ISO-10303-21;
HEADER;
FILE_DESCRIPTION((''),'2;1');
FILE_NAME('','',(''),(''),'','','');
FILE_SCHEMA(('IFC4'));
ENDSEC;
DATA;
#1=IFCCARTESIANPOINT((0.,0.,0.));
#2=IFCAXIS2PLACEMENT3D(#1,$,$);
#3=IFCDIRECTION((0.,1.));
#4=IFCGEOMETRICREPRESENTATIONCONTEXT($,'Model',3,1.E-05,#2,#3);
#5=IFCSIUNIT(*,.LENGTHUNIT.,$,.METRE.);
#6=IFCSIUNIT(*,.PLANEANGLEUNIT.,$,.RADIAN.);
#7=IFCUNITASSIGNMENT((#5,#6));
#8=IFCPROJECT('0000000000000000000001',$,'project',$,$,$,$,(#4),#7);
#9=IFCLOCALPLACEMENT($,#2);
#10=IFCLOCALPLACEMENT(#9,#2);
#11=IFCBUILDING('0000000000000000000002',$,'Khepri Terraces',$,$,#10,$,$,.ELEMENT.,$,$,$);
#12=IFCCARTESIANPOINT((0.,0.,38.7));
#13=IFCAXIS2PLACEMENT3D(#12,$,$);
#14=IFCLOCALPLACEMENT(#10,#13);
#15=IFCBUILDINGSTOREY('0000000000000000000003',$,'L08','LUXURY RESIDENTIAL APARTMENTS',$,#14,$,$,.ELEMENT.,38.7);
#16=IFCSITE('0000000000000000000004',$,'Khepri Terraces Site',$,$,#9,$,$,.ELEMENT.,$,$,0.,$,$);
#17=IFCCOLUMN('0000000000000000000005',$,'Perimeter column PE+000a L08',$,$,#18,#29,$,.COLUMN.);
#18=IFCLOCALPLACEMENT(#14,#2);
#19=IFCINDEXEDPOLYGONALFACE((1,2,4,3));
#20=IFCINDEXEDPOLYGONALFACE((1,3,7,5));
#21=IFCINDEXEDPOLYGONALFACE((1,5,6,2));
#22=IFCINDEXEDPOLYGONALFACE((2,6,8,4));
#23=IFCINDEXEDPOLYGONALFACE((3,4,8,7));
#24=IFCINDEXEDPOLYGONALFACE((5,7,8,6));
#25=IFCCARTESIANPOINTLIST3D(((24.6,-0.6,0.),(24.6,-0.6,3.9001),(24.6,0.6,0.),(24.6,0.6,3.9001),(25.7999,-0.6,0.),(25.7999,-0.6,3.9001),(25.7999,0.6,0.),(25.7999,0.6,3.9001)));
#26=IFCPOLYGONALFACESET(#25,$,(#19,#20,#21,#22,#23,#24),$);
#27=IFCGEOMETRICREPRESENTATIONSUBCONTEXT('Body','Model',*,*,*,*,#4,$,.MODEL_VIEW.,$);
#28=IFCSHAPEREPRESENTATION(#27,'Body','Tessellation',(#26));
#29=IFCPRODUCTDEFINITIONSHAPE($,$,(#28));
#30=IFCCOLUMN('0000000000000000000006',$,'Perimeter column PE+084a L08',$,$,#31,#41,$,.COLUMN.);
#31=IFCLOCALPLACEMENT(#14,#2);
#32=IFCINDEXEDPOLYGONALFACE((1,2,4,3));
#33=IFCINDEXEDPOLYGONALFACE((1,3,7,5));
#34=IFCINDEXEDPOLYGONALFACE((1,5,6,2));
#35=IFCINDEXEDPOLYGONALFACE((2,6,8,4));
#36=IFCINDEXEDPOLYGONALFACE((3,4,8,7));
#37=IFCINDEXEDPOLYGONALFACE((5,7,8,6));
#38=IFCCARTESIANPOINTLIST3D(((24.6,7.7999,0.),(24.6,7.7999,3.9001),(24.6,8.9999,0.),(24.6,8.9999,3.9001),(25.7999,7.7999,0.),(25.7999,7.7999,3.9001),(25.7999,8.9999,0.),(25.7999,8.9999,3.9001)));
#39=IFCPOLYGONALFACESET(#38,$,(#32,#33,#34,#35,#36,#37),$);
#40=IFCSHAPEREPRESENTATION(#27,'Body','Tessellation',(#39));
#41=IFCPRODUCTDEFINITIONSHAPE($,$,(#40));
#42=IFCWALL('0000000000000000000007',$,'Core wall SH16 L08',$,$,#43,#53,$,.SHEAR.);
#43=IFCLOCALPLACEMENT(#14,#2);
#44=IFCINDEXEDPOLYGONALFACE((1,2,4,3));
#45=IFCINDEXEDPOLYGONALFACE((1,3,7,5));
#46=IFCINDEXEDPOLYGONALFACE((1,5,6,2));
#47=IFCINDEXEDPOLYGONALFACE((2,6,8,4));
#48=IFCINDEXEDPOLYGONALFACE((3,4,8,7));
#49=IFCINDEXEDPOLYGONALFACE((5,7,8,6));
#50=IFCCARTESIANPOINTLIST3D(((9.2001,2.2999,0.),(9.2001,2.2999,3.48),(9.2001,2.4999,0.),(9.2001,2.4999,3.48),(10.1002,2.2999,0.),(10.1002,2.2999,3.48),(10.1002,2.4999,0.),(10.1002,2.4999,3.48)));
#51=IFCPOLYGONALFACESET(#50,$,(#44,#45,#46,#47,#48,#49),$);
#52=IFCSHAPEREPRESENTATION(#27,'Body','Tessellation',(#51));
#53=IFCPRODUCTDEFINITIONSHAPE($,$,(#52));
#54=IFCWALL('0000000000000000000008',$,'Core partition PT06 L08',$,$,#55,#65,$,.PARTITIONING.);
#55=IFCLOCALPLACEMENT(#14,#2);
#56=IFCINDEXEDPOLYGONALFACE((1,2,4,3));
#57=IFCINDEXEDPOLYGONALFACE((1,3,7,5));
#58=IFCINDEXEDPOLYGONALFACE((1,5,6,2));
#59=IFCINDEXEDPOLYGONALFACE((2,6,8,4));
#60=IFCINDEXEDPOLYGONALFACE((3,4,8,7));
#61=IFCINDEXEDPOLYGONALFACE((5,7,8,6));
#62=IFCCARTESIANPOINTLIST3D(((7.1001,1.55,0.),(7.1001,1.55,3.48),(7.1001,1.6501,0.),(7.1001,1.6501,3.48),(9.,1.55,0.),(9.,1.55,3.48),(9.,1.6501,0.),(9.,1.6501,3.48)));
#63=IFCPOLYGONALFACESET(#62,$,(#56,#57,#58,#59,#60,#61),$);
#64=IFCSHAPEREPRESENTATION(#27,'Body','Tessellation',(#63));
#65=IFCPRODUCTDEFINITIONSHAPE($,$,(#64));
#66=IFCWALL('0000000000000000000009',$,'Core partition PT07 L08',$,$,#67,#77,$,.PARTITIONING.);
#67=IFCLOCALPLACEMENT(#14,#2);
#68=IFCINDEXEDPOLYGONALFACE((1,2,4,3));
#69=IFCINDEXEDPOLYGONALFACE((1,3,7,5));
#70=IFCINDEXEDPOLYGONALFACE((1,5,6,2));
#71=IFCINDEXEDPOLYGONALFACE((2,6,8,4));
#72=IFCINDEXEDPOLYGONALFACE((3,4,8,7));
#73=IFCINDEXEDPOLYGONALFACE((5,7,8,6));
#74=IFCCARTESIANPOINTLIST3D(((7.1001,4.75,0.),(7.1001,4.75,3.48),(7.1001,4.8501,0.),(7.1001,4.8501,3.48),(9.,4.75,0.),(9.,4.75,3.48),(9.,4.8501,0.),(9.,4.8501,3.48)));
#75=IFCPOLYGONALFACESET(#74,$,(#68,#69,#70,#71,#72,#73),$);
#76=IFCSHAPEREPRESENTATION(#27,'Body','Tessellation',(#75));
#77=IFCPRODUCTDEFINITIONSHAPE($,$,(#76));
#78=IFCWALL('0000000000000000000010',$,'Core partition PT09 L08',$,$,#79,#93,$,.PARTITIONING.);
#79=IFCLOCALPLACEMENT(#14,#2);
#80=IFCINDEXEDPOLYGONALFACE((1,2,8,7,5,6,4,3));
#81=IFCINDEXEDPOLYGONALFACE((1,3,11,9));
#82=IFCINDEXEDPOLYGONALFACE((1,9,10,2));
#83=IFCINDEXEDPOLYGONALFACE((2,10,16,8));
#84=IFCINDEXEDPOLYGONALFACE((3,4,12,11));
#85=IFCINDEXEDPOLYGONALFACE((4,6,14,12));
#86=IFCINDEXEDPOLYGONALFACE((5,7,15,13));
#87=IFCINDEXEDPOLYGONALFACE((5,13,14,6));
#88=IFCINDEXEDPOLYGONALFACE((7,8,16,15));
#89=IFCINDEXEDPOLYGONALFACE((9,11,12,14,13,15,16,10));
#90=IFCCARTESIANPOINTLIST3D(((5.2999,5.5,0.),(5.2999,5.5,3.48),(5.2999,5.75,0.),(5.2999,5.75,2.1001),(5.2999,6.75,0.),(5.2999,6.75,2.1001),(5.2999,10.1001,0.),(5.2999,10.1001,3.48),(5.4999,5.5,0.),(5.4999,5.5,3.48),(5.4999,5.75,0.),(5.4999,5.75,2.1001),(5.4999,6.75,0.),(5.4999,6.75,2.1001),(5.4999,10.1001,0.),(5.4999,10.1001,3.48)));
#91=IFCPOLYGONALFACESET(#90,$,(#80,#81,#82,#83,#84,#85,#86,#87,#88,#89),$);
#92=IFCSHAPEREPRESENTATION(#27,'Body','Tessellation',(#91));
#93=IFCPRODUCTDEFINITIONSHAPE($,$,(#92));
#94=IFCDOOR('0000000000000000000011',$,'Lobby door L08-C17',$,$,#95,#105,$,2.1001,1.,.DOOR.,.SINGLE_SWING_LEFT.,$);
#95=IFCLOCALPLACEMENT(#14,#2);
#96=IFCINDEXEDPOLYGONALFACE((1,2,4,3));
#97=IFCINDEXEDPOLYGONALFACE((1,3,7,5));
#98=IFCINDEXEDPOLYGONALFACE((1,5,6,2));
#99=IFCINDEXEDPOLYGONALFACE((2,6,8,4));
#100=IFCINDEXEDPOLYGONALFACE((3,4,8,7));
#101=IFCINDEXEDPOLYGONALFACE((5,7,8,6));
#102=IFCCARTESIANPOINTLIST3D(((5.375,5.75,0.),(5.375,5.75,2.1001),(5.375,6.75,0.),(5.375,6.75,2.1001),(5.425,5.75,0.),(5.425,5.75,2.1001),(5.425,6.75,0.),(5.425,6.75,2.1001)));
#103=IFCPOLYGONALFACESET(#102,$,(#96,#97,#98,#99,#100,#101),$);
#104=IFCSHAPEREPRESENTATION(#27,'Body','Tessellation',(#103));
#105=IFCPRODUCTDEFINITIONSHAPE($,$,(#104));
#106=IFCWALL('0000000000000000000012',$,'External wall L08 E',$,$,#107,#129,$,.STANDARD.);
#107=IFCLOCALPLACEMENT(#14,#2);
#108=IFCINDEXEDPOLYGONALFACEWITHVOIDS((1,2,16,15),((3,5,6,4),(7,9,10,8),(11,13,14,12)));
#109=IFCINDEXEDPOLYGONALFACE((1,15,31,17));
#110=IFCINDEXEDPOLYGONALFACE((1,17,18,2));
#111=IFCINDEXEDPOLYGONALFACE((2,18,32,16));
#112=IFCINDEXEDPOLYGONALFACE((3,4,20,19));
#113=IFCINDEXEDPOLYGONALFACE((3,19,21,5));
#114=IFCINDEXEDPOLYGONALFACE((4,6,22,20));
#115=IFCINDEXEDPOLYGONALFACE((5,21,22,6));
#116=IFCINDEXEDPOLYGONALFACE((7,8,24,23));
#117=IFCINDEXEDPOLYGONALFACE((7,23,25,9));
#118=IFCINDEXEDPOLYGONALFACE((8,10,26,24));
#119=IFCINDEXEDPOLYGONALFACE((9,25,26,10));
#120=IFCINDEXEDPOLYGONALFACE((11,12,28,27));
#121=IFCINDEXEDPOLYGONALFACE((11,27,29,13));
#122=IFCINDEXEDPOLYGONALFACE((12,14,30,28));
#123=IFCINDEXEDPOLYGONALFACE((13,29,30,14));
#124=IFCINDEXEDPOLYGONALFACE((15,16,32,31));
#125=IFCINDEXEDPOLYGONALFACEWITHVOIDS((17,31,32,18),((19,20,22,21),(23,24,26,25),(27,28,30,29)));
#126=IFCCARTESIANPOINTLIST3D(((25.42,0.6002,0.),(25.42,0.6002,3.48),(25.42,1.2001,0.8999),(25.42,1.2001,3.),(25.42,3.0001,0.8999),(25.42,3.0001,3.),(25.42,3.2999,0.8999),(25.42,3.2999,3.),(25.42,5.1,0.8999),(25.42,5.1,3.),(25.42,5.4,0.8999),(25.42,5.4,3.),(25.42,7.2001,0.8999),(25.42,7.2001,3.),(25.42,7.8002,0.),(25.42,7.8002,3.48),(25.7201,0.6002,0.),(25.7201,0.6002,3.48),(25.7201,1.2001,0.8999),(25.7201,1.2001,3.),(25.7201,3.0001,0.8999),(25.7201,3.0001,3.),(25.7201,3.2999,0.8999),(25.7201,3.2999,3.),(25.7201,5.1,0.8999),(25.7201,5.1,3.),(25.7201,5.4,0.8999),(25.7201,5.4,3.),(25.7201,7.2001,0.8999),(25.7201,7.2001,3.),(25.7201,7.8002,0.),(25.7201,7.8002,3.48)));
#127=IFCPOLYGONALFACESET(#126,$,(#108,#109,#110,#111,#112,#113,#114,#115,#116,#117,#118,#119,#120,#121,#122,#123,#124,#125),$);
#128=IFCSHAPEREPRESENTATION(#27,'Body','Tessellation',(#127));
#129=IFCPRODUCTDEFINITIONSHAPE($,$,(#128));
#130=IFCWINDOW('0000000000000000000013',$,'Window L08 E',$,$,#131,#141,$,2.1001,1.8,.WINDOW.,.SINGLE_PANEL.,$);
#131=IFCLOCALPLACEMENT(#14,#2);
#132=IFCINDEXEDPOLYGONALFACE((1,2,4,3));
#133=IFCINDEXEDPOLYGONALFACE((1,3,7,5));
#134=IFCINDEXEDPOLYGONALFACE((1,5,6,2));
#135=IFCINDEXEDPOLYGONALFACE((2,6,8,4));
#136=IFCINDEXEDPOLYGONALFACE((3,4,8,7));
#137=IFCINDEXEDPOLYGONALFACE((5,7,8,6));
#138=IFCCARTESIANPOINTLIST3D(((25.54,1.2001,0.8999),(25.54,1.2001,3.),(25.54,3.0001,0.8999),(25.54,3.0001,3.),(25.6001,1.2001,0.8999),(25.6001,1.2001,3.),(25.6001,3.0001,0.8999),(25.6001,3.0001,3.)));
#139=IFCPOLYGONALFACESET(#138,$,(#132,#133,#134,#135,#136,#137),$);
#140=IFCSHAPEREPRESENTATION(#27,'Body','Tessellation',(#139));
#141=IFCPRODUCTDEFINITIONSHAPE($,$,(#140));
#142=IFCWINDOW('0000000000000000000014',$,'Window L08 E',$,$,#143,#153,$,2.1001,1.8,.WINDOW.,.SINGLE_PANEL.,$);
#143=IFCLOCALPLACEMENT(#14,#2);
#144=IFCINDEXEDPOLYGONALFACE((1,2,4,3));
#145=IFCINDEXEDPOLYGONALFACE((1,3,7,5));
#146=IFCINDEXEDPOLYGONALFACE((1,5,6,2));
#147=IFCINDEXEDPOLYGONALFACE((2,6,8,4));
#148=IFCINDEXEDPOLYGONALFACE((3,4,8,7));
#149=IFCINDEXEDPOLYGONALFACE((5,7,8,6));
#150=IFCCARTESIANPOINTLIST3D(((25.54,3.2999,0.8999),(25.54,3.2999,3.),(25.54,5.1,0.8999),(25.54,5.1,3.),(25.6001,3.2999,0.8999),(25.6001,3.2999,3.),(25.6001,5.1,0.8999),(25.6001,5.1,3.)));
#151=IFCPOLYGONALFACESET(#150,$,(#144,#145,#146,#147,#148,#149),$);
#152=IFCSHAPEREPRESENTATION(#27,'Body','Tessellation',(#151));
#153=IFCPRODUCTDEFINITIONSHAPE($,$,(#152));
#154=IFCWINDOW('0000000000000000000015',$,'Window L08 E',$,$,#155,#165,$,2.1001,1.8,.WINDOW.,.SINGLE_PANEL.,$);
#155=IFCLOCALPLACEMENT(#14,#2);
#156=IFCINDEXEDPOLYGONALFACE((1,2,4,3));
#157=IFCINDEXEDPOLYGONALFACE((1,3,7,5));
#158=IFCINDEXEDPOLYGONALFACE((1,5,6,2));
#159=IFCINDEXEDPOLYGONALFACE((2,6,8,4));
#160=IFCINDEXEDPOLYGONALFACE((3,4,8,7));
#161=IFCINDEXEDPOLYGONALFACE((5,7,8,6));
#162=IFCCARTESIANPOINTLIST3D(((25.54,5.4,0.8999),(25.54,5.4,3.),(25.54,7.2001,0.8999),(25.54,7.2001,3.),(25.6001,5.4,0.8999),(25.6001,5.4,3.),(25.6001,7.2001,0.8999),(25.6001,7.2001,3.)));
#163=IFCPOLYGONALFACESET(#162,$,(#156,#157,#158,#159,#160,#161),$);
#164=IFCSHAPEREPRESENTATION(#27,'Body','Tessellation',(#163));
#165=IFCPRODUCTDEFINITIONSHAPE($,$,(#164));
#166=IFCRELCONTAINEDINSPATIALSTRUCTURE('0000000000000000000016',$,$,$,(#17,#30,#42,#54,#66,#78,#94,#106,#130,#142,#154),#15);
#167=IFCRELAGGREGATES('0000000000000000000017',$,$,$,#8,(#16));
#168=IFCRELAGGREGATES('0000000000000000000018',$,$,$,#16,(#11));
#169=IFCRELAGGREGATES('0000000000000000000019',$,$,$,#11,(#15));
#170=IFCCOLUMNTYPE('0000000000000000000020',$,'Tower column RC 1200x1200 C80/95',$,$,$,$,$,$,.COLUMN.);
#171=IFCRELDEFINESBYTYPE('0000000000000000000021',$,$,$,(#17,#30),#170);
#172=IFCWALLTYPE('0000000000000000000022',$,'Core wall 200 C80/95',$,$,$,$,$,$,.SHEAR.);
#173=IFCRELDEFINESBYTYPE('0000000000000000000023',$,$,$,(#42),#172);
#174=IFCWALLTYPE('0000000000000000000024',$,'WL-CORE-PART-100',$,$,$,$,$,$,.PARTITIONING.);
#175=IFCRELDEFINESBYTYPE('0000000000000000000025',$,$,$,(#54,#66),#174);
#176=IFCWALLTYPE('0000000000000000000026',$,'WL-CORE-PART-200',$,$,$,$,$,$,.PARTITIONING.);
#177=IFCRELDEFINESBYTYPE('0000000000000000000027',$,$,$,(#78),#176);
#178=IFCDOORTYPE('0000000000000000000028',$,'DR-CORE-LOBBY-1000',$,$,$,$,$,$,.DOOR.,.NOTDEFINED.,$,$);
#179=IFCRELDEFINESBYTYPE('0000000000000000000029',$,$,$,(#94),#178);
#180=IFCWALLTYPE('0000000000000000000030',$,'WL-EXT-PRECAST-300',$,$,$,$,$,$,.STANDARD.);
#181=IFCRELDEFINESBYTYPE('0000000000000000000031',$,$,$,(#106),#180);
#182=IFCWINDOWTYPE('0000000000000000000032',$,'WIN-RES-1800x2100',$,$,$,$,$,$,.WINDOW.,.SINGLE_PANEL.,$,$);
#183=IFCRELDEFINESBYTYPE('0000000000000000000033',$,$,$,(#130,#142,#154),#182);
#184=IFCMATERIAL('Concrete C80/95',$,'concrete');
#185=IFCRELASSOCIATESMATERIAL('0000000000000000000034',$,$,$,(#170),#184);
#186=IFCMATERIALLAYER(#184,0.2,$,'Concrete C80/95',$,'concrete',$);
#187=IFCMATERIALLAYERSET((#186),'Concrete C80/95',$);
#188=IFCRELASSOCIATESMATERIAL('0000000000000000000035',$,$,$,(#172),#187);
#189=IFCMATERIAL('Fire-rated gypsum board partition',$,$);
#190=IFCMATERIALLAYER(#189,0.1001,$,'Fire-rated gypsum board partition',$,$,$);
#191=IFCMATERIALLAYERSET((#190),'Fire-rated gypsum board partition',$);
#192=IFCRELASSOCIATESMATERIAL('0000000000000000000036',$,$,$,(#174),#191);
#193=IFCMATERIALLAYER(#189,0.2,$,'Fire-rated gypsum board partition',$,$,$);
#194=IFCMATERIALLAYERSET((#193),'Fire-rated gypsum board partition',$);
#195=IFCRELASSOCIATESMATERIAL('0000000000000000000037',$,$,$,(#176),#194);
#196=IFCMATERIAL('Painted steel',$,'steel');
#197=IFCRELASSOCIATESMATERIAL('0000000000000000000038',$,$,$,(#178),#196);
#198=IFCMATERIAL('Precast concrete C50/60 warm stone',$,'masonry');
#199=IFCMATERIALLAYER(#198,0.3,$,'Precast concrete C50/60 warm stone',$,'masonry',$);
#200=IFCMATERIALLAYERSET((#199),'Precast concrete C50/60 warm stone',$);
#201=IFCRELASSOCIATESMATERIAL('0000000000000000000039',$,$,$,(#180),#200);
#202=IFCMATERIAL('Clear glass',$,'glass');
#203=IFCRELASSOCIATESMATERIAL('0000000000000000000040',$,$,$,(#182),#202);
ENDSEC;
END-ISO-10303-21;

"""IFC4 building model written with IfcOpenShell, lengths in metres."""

from ifc_helpers import new_model, si_unit, direction, frame, frame_2d, origin, origin_2d, place, context, subcontext, project, spatial, rectangle, extrude, material, layer, layer_set, material_profile, profile_set, type_object, element, fill, save


model = new_model("IFC4")

# Units and contexts
model_context = context("Model", 3, precision=1e-05, world=origin(), true_north=direction((0.0, 1.0)))
body_context = subcontext(model_context, "Body", "Model", "MODEL_VIEW")
ifc_project = project(units=[si_unit("LENGTHUNIT", "METRE"), si_unit("PLANEANGLEUNIT", "RADIAN")], contexts=[model_context])

# Site, building, storey
site_placement = place(None, origin())
site = spatial("IfcSite", under=ifc_project, at=site_placement, Name="Khepri Terraces Site", CompositionType="ELEMENT", RefElevation=0.0)
building_placement = place(site_placement, origin())
building = spatial("IfcBuilding", under=site, at=building_placement, Name="Khepri Terraces", CompositionType="ELEMENT")
storey_placement = place(building_placement, frame((0.0, 0.0, 38.7)))
storey = spatial("IfcBuildingStorey", under=building, at=storey_placement, Name="L08", Description="LUXURY RESIDENTIAL APARTMENTS", CompositionType="ELEMENT", Elevation=38.7)

# Columns
ifc_material_1 = material(Name="Concrete C80/95", Category="concrete")
ifc_material_profile = material_profile(ifc_material_1, rectangle(XDim=1.2, YDim=1.2, at=origin_2d()), Name="Concrete C80/95", Category="concrete")
ifc_profile_set = profile_set([ifc_material_profile], Name="Concrete C80/95")
column_type = type_object("IfcColumnType", Name="Tower column RC 1200x1200 C80/95", PredefinedType="COLUMN", material=ifc_profile_set)
for number, where, z_axis, x_axis, name in (
    (1, (25.2, 0.0, 0.0), (0.0, 0.0, 1.0), (1.0, 0.0, 0.0), "Perimeter column PE+000a L08"),
    (2, (25.2, 8.3999, 0.0), (0.0, 0.0, 1.0), (1.0, 0.0, 0.0), "Perimeter column PE+084a L08"),
):
    element("IfcColumn", number, at=place(storey_placement, frame(where, z_axis=z_axis, x_axis=x_axis)), inside=storey, type_object=column_type, Name=name, PredefinedType="COLUMN", context=body_context, shape_type="SweptSolid", body=[
        extrude(rectangle(XDim=1.2, YDim=1.2, at=origin_2d()), origin(), (0.0, 0.0, 1.0), 3.9001),
    ])

# Walls
ifc_layer_1 = layer(ifc_material_1, 0.2, Name="Concrete C80/95", Category="concrete")
ifc_layer_set_1 = layer_set([ifc_layer_1], Name="Concrete C80/95")
wall_type_1 = type_object("IfcWallType", Name="Core wall 200 C80/95", PredefinedType="SHEAR", material=ifc_layer_set_1)
wall_1_placement = place(storey_placement, frame((9.2, 2.3999, 0.0), z_axis=(0.0, 0.0, 1.0), x_axis=(1.0, 0.0, 0.0)))
element("IfcWall", 3, at=wall_1_placement, inside=storey, type_object=wall_type_1, Name="Core wall SH16 L08", PredefinedType="SHEAR", context=body_context, shape_type="SweptSolid", body=[
    extrude(rectangle(XDim=0.9001, YDim=0.2, at=frame_2d((0.4502, 0.0))), origin(), (0.0, 0.0, 1.0), 3.48),
])
ifc_material_2 = material(Name="Fire-rated gypsum board partition")
ifc_layer_2 = layer(ifc_material_2, 0.1001, Name="Fire-rated gypsum board partition")
ifc_layer_set_2 = layer_set([ifc_layer_2], Name="Fire-rated gypsum board partition")
wall_type_2 = type_object("IfcWallType", Name="WL-CORE-PART-100", PredefinedType="PARTITIONING", material=ifc_layer_set_2)
for number, where, z_axis, x_axis, name in (
    (4, (7.1001, 1.6001, 0.0), (0.0, 0.0, 1.0), (1.0, 0.0, 0.0), "Core partition PT06 L08"),
    (5, (7.1001, 4.8, 0.0), (0.0, 0.0, 1.0), (1.0, 0.0, 0.0), "Core partition PT07 L08"),
):
    element("IfcWall", number, at=place(storey_placement, frame(where, z_axis=z_axis, x_axis=x_axis)), inside=storey, type_object=wall_type_2, Name=name, PredefinedType="PARTITIONING", context=body_context, shape_type="SweptSolid", body=[
        extrude(rectangle(XDim=1.8999, YDim=0.1001, at=frame_2d((0.95, 0.0))), origin(), (0.0, 0.0, 1.0), 3.48),
    ])

# Wall, opening, door
ifc_layer_3 = layer(ifc_material_2, 0.2, Name="Fire-rated gypsum board partition")
ifc_layer_set_3 = layer_set([ifc_layer_3], Name="Fire-rated gypsum board partition")
wall_type_3 = type_object("IfcWallType", Name="WL-CORE-PART-200", PredefinedType="PARTITIONING", material=ifc_layer_set_3)
wall_2_placement = place(storey_placement, frame((5.3999, 5.5, 0.0), z_axis=(0.0, 0.0, 1.0), x_axis=(0.0, 1.0, 0.0)))
wall_2 = element("IfcWall", 6, at=wall_2_placement, inside=storey, type_object=wall_type_3, Name="Core partition PT09 L08", PredefinedType="PARTITIONING", context=body_context, shape_type="SweptSolid", body=[
    extrude(rectangle(XDim=4.6001, YDim=0.2, at=frame_2d((2.3, 0.0))), origin(), (0.0, 0.0, 1.0), 3.48),
])
opening_1_placement = place(wall_2_placement, frame((0.25, 0.0, 0.0)))
opening_1 = element("IfcOpeningElement", 7, at=opening_1_placement, cuts=wall_2, PredefinedType="OPENING", context=body_context, shape_type="SweptSolid", body=[
    extrude(rectangle(XDim=1.0, YDim=2.1001, at=frame_2d((0.5, 1.05))), frame((0.0, 0.1099, 0.0), z_axis=(0.0, -1.0, 0.0), x_axis=(1.0, 0.0, 0.0)), (0.0, 0.0, 1.0), 0.22),
])
ifc_material_3 = material(Name="Painted steel", Category="steel")
door_type_1 = type_object("IfcDoorType", Name="DR-CORE-LOBBY-1000", OperationType="NOTDEFINED", PredefinedType="DOOR", material=ifc_material_3)
door_1_placement = place(opening_1_placement, origin())
door_1 = element("IfcDoor", 8, at=door_1_placement, inside=storey, type_object=door_type_1, Name="Lobby door L08-C17", OperationType="SINGLE_SWING_LEFT", OverallHeight=2.1001, OverallWidth=1.0, PredefinedType="DOOR", context=body_context, shape_type="SweptSolid", body=[
    extrude(rectangle(XDim=1.0, YDim=2.1001, at=frame_2d((0.5, 1.05))), frame((0.0, 0.0249, 0.0), z_axis=(0.0, -1.0, 0.0), x_axis=(1.0, 0.0, 0.0)), (0.0, 0.0, 1.0), 0.05),
])
fill(opening_1, door_1)

# Wall, openings, windows
ifc_material_4 = material(Name="Precast concrete C50/60 warm stone", Category="masonry")
ifc_layer_4 = layer(ifc_material_4, 0.3, Name="Precast concrete C50/60 warm stone", Category="masonry")
ifc_layer_set_4 = layer_set([ifc_layer_4], Name="Precast concrete C50/60 warm stone")
wall_type_4 = type_object("IfcWallType", Name="WL-EXT-PRECAST-300", PredefinedType="STANDARD", material=ifc_layer_set_4)
wall_3_placement = place(storey_placement, frame((25.5701, 0.6001, 0.0), z_axis=(0.0, 0.0, 1.0), x_axis=(0.0, 1.0, 0.0)))
wall_3 = element("IfcWall", 9, at=wall_3_placement, inside=storey, type_object=wall_type_4, Name="External wall L08 E", PredefinedType="STANDARD", context=body_context, shape_type="SweptSolid", body=[
    extrude(rectangle(XDim=7.2, YDim=0.3, at=frame_2d((3.6001, 0.0))), origin(), (0.0, 0.0, 1.0), 3.48),
])
opening_2_placement = place(wall_3_placement, frame((0.6001, 0.0, 0.8999)))
opening_2 = element("IfcOpeningElement", 10, at=opening_2_placement, cuts=wall_3, PredefinedType="OPENING", context=body_context, shape_type="SweptSolid", body=[
    extrude(rectangle(XDim=1.8, YDim=2.1001, at=frame_2d((0.8999, 1.05))), frame((0.0, 0.1602, 0.0), z_axis=(0.0, -1.0, 0.0), x_axis=(1.0, 0.0, 0.0)), (0.0, 0.0, 1.0), 0.3201),
])
opening_3_placement = place(wall_3_placement, frame((2.7, 0.0, 0.8999)))
opening_3 = element("IfcOpeningElement", 11, at=opening_3_placement, cuts=wall_3, PredefinedType="OPENING", context=body_context, shape_type="SweptSolid", body=[
    extrude(rectangle(XDim=1.8, YDim=2.1001, at=frame_2d((0.8999, 1.05))), frame((0.0, 0.1602, 0.0), z_axis=(0.0, -1.0, 0.0), x_axis=(1.0, 0.0, 0.0)), (0.0, 0.0, 1.0), 0.3201),
])
opening_4_placement = place(wall_3_placement, frame((4.8, 0.0, 0.8999)))
opening_4 = element("IfcOpeningElement", 12, at=opening_4_placement, cuts=wall_3, PredefinedType="OPENING", context=body_context, shape_type="SweptSolid", body=[
    extrude(rectangle(XDim=1.8, YDim=2.1001, at=frame_2d((0.8999, 1.05))), frame((0.0, 0.1602, 0.0), z_axis=(0.0, -1.0, 0.0), x_axis=(1.0, 0.0, 0.0)), (0.0, 0.0, 1.0), 0.3201),
])
ifc_material_5 = material(Name="Clear glass", Category="glass")
window_type = type_object("IfcWindowType", Name="WIN-RES-1800x2100", PartitioningType="SINGLE_PANEL", PredefinedType="WINDOW", material=ifc_material_5)
window_1_placement = place(opening_2_placement, origin())
window_1 = element("IfcWindow", 13, at=window_1_placement, inside=storey, type_object=window_type, Name="Window L08 E", OverallHeight=2.1001, OverallWidth=1.8, PartitioningType="SINGLE_PANEL", PredefinedType="WINDOW", context=body_context, shape_type="SweptSolid", body=[
    extrude(rectangle(XDim=1.8, YDim=2.1001, at=frame_2d((0.8999, 1.05))), frame((0.0, 0.03, 0.0), z_axis=(0.0, -1.0, 0.0), x_axis=(1.0, 0.0, 0.0)), (0.0, 0.0, 1.0), 0.0601),
])
fill(opening_2, window_1)
window_2_placement = place(opening_3_placement, origin())
window_2 = element("IfcWindow", 14, at=window_2_placement, inside=storey, type_object=window_type, Name="Window L08 E", OverallHeight=2.1001, OverallWidth=1.8, PartitioningType="SINGLE_PANEL", PredefinedType="WINDOW", context=body_context, shape_type="SweptSolid", body=[
    extrude(rectangle(XDim=1.8, YDim=2.1001, at=frame_2d((0.8999, 1.05))), frame((0.0, 0.03, 0.0), z_axis=(0.0, -1.0, 0.0), x_axis=(1.0, 0.0, 0.0)), (0.0, 0.0, 1.0), 0.0601),
])
fill(opening_3, window_2)
window_3_placement = place(opening_4_placement, origin())
window_3 = element("IfcWindow", 15, at=window_3_placement, inside=storey, type_object=window_type, Name="Window L08 E", OverallHeight=2.1001, OverallWidth=1.8, PartitioningType="SINGLE_PANEL", PredefinedType="WINDOW", context=body_context, shape_type="SweptSolid", body=[
    extrude(rectangle(XDim=1.8, YDim=2.1001, at=frame_2d((0.8999, 1.05))), frame((0.0, 0.03, 0.0), z_axis=(0.0, -1.0, 0.0), x_axis=(1.0, 0.0, 0.0)), (0.0, 0.0, 1.0), 0.0601),
])
fill(opening_4, window_3)

save(model, "model.ifc")
